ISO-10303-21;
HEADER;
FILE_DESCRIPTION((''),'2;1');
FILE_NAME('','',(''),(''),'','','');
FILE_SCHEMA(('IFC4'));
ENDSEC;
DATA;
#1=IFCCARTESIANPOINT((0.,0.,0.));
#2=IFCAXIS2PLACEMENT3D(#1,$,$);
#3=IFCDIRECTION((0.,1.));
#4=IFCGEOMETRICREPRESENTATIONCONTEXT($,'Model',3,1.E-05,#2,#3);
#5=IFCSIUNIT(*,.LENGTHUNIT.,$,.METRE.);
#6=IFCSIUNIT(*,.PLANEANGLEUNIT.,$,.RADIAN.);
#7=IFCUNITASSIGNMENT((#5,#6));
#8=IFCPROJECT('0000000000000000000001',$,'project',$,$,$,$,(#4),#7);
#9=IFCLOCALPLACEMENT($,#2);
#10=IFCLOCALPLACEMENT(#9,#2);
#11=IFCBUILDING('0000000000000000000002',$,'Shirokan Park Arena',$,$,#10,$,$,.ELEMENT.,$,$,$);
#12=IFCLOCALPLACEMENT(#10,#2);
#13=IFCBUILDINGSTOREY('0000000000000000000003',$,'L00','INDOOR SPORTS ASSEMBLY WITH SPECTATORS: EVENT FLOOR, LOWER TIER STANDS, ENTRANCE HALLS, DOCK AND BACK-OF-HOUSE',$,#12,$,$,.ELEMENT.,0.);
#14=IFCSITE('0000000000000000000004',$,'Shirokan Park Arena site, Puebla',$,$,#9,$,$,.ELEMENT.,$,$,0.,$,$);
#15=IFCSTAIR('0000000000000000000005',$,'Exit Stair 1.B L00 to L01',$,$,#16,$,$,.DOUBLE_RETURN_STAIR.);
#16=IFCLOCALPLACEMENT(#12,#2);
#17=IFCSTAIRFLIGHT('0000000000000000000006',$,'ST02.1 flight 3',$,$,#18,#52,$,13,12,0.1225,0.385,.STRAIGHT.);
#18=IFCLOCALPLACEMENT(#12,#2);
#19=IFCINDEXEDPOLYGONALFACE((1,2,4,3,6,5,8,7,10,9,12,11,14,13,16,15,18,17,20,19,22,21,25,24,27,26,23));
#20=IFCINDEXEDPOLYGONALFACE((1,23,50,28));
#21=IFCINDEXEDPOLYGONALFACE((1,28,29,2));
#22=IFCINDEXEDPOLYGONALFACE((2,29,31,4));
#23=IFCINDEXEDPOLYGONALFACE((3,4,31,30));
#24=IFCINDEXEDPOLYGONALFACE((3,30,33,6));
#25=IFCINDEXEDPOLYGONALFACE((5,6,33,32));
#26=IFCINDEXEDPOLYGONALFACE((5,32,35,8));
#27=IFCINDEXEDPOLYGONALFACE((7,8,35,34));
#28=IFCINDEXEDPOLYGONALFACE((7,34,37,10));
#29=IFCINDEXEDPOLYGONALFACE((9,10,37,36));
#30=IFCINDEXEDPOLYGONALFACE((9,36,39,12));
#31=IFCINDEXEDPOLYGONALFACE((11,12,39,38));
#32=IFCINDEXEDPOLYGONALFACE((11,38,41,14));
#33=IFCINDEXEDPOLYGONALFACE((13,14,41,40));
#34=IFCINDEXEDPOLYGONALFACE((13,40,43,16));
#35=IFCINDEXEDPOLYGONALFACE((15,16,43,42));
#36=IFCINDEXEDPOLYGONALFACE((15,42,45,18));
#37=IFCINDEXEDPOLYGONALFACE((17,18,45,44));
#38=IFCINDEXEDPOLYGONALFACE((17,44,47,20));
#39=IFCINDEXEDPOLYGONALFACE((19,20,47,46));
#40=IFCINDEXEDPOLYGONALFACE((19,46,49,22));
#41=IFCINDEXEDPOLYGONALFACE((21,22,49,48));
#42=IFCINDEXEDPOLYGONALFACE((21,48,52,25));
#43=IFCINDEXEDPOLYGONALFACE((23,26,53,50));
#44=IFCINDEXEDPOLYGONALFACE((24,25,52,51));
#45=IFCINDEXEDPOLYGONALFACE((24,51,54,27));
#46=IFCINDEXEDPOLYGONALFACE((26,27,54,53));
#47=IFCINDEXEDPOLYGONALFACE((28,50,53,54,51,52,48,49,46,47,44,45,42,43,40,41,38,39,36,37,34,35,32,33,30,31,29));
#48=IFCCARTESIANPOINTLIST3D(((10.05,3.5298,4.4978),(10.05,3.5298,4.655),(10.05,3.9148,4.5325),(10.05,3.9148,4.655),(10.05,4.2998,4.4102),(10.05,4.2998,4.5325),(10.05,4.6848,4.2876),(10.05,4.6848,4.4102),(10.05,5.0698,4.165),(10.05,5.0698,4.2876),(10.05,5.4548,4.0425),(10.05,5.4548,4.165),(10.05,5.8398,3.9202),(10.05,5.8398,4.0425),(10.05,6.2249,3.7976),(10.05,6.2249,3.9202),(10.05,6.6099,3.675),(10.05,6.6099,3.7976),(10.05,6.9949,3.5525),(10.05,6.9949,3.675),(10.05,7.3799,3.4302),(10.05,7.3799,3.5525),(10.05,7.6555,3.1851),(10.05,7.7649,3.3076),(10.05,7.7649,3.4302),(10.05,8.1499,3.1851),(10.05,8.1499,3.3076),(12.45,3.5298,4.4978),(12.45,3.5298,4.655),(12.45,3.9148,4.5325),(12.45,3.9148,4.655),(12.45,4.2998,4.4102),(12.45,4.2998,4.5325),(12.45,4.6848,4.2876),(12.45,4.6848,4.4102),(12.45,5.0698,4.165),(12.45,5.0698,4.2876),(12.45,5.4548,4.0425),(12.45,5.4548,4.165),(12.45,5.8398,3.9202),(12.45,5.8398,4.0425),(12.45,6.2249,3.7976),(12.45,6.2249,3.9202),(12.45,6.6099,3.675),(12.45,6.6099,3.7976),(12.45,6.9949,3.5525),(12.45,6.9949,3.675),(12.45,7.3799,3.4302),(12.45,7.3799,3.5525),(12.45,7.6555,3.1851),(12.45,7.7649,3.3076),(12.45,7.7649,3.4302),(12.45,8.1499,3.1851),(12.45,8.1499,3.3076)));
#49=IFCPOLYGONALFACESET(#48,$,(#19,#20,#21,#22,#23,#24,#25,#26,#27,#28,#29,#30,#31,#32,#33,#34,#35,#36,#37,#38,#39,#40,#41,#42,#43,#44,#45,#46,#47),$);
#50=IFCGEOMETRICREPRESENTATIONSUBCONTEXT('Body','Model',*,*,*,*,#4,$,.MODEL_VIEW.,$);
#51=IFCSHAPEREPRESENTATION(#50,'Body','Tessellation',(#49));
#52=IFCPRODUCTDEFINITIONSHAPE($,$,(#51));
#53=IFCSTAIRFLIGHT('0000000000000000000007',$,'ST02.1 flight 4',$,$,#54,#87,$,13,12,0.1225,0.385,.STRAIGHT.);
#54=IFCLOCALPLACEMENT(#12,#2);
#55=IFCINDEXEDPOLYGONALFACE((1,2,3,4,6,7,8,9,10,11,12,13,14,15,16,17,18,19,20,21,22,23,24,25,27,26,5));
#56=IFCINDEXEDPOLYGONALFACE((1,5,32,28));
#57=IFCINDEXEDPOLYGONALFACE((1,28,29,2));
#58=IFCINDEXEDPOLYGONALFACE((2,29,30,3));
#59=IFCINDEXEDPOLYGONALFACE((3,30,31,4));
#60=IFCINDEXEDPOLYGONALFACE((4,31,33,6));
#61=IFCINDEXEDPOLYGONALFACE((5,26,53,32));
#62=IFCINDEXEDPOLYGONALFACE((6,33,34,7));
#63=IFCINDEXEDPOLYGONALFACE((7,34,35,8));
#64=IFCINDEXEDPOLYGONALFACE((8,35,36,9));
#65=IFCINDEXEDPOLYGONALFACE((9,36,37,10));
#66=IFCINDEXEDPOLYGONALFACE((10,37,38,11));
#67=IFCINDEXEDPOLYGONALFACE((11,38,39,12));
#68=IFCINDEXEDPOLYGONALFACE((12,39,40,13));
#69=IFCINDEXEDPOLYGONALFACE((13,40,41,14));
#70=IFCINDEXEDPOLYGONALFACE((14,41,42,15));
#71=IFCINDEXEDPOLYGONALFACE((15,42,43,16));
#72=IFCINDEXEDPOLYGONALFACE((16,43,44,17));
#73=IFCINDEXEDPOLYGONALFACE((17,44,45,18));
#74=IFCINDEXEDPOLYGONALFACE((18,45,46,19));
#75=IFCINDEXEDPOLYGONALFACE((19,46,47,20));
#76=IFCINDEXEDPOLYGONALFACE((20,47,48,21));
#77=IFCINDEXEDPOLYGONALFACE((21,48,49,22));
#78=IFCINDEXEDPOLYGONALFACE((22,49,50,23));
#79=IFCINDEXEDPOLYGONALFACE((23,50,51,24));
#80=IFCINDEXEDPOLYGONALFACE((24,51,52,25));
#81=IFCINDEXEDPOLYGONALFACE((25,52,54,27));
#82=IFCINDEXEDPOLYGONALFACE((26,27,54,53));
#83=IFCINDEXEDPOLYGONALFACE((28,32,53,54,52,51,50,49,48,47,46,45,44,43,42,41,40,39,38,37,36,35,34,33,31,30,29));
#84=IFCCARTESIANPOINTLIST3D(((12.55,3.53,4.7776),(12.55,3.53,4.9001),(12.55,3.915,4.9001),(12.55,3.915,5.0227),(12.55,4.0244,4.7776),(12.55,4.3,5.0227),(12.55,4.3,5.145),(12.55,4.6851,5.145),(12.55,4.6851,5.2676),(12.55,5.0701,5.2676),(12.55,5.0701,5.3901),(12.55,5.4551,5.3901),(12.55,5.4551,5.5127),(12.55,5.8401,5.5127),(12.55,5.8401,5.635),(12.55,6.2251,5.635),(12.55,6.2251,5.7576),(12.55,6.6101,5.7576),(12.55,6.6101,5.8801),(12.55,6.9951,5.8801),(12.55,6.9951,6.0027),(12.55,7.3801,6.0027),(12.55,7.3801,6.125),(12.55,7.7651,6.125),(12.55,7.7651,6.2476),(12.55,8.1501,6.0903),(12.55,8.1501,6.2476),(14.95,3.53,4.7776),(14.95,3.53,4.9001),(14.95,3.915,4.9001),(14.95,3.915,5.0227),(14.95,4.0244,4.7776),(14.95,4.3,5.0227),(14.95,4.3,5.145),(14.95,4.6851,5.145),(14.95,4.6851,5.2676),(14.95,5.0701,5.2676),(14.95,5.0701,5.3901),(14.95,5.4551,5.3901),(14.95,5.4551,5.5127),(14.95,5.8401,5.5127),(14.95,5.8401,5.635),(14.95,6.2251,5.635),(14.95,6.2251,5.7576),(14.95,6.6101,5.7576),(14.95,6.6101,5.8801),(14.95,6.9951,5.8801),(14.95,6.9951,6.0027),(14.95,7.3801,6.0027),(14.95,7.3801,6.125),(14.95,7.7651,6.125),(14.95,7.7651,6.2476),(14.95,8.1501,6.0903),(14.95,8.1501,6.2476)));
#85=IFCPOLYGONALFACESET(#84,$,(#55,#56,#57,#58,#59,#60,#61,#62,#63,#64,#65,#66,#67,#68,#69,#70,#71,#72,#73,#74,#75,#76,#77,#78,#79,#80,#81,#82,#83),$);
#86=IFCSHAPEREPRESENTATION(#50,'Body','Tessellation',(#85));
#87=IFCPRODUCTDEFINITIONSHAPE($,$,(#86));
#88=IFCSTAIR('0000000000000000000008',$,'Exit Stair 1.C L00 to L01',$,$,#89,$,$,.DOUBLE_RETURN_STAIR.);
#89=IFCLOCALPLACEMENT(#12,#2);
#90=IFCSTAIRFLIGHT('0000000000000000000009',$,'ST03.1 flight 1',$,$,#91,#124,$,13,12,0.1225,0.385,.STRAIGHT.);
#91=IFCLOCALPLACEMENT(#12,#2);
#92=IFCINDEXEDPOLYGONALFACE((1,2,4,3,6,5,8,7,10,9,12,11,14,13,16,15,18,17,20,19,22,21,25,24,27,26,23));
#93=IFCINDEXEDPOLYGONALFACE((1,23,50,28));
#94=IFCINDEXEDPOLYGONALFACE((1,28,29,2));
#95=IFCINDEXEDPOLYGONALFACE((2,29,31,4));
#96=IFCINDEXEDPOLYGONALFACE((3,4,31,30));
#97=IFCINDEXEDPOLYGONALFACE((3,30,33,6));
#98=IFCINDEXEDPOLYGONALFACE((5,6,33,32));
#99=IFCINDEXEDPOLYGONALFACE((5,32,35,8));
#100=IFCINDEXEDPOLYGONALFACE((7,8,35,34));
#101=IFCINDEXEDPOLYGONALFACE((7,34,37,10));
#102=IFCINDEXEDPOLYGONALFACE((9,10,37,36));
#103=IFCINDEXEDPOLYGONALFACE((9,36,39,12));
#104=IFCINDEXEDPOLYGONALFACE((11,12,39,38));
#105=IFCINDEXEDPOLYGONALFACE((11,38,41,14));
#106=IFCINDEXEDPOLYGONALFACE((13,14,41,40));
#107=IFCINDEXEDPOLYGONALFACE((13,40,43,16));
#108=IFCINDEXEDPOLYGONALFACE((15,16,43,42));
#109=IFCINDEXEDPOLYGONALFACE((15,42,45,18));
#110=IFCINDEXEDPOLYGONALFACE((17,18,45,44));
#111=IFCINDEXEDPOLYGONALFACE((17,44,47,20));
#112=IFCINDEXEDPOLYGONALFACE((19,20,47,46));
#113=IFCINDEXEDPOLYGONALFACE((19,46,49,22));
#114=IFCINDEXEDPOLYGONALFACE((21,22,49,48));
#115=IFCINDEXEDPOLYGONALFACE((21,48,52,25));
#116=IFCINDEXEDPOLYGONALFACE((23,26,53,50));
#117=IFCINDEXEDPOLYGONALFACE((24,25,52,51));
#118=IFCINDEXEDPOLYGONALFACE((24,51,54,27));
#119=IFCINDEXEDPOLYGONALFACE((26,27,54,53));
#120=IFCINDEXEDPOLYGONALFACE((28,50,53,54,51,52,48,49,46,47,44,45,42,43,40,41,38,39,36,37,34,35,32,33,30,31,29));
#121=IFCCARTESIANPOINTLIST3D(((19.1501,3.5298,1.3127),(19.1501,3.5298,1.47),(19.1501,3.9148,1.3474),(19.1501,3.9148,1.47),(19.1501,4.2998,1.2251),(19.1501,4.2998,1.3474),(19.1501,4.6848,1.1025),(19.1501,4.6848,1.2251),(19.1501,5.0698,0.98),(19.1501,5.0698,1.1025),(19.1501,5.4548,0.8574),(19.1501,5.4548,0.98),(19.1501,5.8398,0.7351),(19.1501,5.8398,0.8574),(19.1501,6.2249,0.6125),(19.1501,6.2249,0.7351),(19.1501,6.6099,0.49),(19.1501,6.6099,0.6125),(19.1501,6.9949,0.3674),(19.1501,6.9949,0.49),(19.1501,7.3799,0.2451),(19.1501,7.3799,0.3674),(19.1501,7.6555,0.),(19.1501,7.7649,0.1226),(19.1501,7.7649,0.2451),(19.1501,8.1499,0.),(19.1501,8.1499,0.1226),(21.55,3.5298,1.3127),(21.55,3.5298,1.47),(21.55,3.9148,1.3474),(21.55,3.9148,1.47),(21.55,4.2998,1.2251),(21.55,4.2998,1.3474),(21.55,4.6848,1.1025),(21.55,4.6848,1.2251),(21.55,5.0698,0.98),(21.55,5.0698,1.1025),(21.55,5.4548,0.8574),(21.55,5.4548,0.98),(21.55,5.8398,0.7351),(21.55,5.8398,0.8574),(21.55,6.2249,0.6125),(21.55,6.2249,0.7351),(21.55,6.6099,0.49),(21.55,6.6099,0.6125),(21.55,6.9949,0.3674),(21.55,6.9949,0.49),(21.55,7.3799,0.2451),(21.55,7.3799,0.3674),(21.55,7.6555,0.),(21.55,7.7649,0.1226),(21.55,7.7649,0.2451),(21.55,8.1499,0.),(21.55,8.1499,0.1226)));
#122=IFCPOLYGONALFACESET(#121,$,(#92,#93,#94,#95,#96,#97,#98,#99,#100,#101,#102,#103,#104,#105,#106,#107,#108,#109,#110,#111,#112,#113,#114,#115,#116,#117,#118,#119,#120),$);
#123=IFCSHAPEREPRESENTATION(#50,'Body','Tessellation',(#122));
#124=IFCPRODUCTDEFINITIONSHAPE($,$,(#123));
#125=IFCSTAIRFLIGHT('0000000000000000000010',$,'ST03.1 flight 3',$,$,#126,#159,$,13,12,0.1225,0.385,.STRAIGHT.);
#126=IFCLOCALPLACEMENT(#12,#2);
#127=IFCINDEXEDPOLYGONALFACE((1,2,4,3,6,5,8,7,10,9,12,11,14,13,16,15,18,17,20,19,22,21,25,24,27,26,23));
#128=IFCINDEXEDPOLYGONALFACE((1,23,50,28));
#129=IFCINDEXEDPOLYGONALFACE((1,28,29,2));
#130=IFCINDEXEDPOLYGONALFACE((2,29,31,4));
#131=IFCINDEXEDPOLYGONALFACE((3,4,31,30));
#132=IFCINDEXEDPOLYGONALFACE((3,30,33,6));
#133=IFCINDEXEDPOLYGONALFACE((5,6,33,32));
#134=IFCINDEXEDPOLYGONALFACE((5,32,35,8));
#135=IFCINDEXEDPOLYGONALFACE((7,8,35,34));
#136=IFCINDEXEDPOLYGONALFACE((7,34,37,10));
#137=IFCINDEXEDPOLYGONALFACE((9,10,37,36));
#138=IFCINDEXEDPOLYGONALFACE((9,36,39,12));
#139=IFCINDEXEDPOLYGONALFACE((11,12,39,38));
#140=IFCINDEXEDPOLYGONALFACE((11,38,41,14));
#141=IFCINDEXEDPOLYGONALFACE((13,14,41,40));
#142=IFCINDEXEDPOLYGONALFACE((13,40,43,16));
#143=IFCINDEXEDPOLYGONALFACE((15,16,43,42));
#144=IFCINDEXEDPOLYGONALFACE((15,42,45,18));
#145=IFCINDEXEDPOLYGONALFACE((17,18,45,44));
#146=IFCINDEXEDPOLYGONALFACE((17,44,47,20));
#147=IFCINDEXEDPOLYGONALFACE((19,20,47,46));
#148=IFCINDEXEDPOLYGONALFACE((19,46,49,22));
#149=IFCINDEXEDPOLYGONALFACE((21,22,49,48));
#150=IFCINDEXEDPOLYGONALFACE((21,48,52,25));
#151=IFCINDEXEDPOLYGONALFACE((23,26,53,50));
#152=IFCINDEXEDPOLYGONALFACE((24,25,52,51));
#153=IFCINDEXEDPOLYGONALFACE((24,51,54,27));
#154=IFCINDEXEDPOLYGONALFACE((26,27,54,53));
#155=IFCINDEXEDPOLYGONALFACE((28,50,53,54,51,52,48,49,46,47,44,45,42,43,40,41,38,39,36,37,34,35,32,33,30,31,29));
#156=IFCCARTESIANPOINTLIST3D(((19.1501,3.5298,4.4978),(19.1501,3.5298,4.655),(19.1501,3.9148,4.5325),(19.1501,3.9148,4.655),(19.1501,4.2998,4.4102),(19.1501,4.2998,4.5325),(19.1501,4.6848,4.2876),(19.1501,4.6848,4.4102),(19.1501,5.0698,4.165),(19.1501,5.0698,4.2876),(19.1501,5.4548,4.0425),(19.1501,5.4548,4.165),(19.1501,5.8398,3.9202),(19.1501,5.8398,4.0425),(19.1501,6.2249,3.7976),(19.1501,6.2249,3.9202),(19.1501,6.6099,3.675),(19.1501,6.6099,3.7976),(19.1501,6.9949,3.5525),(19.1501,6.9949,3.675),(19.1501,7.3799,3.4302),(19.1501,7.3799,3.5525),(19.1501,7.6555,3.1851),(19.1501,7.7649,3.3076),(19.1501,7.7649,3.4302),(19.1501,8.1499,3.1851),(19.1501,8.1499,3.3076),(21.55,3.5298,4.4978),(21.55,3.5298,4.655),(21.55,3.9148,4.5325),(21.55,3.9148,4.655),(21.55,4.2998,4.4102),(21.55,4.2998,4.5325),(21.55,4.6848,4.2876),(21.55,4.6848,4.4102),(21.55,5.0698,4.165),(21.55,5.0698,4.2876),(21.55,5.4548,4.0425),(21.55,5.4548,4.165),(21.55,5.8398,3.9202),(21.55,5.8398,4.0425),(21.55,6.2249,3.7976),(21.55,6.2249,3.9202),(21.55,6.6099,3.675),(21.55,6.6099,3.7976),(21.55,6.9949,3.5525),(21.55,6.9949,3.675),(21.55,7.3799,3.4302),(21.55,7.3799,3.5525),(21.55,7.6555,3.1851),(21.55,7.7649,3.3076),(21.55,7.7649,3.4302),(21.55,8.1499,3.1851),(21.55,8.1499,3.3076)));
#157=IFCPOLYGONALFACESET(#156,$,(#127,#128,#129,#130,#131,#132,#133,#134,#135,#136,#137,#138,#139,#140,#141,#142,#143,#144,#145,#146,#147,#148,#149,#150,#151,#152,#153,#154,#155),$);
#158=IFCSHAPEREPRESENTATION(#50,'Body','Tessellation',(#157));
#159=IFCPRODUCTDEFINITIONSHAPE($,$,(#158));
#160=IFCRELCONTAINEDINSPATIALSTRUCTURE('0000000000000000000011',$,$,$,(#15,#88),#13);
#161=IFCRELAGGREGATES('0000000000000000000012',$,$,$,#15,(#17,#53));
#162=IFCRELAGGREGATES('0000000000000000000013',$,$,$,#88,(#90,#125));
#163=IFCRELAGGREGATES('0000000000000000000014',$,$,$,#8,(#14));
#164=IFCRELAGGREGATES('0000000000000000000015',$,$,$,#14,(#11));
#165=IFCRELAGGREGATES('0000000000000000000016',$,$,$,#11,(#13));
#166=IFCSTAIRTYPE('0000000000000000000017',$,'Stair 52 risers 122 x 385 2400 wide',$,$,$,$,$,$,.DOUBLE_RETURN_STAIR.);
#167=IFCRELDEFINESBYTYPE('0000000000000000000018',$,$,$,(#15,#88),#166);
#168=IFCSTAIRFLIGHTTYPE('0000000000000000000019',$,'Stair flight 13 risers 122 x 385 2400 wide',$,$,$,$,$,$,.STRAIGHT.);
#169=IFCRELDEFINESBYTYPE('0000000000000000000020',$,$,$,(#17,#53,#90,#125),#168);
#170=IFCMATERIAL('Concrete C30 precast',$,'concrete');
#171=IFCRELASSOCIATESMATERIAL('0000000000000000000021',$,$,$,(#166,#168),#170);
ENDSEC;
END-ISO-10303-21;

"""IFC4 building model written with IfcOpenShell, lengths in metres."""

from ifc_helpers import new_model, si_unit, direction, frame, origin, place, context, subcontext, project, spatial, polyline, outline, extrude, material, type_object, element, aggregate, save


model = new_model("IFC4")

# Units and contexts
model_context = context("Model", 3, precision=1e-05, world=origin(), true_north=direction((0.0, 1.0)))
body_context = subcontext(model_context, "Body", "Model", "MODEL_VIEW")
ifc_project = project(units=[si_unit("LENGTHUNIT", "METRE"), si_unit("PLANEANGLEUNIT", "RADIAN")], contexts=[model_context])

# Site, building, storey
site_placement = place(None, origin())
site = spatial("IfcSite", under=ifc_project, at=site_placement, Name="Shirokan Park Arena site, Puebla", CompositionType="ELEMENT", RefElevation=0.0)
building_placement = place(site_placement, origin())
building = spatial("IfcBuilding", under=site, at=building_placement, Name="Shirokan Park Arena", CompositionType="ELEMENT")
storey_placement = place(building_placement, origin())
storey = spatial("IfcBuildingStorey", under=building, at=storey_placement, Name="L00", Description="INDOOR SPORTS ASSEMBLY WITH SPECTATORS: EVENT FLOOR, LOWER TIER STANDS, ENTRANCE HALLS, DOCK AND BACK-OF-HOUSE", CompositionType="ELEMENT", Elevation=0.0)

# Stairs, stair flights
ifc_material_1 = material(Name="Concrete C30 precast", Category="concrete")
stair_type = type_object("IfcStairType", Name="Stair 52 risers 122 x 385 2400 wide", PredefinedType="DOUBLE_RETURN_STAIR", material=ifc_material_1)
stair_1_placement = place(storey_placement, origin())
stair_1 = element("IfcStair", 1, at=stair_1_placement, inside=storey, type_object=stair_type, Name="Exit Stair 1.B L00 to L01", PredefinedType="DOUBLE_RETURN_STAIR")
stair_flight_type = type_object("IfcStairFlightType", Name="Stair flight 13 risers 122 x 385 2400 wide", PredefinedType="STRAIGHT", material=ifc_material_1)
stair_flight_1_placement = place(storey_placement, frame((11.25, 8.1499, 3.1851), z_axis=(0.0, 0.0, 1.0), x_axis=(0.0, -1.0, 0.0)))
stair_flight_1 = element("IfcStairFlight", 2, at=stair_flight_1_placement, type_object=stair_flight_type, Name="ST02.1 flight 3", NumberOfRisers=13, NumberOfTreads=12, PredefinedType="STRAIGHT", RiserHeight=0.1225, TreadLength=0.385, context=body_context, shape_type="SweptSolid", body=[
    extrude(outline(polyline([(0.0, 0.0), (0.0, 0.1226), (0.385, 0.1226), (0.385, 0.2451), (0.77, 0.2451), (0.77, 0.3674), (1.155, 0.3674), (1.155, 0.49), (1.54, 0.49), (1.54, 0.6125), (1.925, 0.6125), (1.925, 0.7351), (2.3101, 0.7351), (2.3101, 0.8574), (2.6951, 0.8574), (2.6951, 0.98), (3.0801, 0.98), (3.0801, 1.1025), (3.4651, 1.1025), (3.4651, 1.2251), (3.8501, 1.2251), (3.8501, 1.3474), (4.2351, 1.3474), (4.2351, 1.47), (4.6201, 1.47), (4.6201, 1.5925), (4.6201, 1.3127), (0.4944, 0.0), (0.0, 0.0)])), frame((0.0, 1.2, 0.0), z_axis=(0.0, -1.0, 0.0), x_axis=(1.0, 0.0, 0.0)), (0.0, 0.0, 1.0), 2.3999),
])
stair_flight_2_placement = place(storey_placement, frame((13.75, 3.53, 4.7776), z_axis=(0.0, 0.0, 1.0), x_axis=(0.0, 1.0, 0.0)))
stair_flight_2 = element("IfcStairFlight", 3, at=stair_flight_2_placement, type_object=stair_flight_type, Name="ST02.1 flight 4", NumberOfRisers=13, NumberOfTreads=12, PredefinedType="STRAIGHT", RiserHeight=0.1225, TreadLength=0.385, context=body_context, shape_type="SweptSolid", body=[
    extrude(outline(polyline([(0.0, 0.0), (0.0, 0.1226), (0.385, 0.1226), (0.385, 0.2451), (0.77, 0.2451), (0.77, 0.3674), (1.155, 0.3674), (1.155, 0.49), (1.54, 0.49), (1.54, 0.6125), (1.925, 0.6125), (1.925, 0.7351), (2.3101, 0.7351), (2.3101, 0.8574), (2.6951, 0.8574), (2.6951, 0.98), (3.0801, 0.98), (3.0801, 1.1025), (3.4651, 1.1025), (3.4651, 1.2251), (3.8501, 1.2251), (3.8501, 1.3474), (4.2351, 1.3474), (4.2351, 1.47), (4.6201, 1.47), (4.6201, 1.5925), (4.6201, 1.3127), (0.4944, 0.0), (0.0, 0.0)])), frame((0.0, 1.2, 0.0), z_axis=(0.0, -1.0, 0.0), x_axis=(1.0, 0.0, 0.0)), (0.0, 0.0, 1.0), 2.3999),
])
aggregate(stair_1, [stair_flight_1, stair_flight_2])
stair_2_placement = place(storey_placement, origin())
stair_2 = element("IfcStair", 4, at=stair_2_placement, inside=storey, type_object=stair_type, Name="Exit Stair 1.C L00 to L01", PredefinedType="DOUBLE_RETURN_STAIR")
stair_flight_3_placement = place(storey_placement, frame((20.3501, 8.1499, 0.0), z_axis=(0.0, 0.0, 1.0), x_axis=(0.0, -1.0, 0.0)))
stair_flight_3 = element("IfcStairFlight", 5, at=stair_flight_3_placement, type_object=stair_flight_type, Name="ST03.1 flight 1", NumberOfRisers=13, NumberOfTreads=12, PredefinedType="STRAIGHT", RiserHeight=0.1225, TreadLength=0.385, context=body_context, shape_type="SweptSolid", body=[
    extrude(outline(polyline([(0.0, 0.0), (0.0, 0.1226), (0.385, 0.1226), (0.385, 0.2451), (0.77, 0.2451), (0.77, 0.3674), (1.155, 0.3674), (1.155, 0.49), (1.54, 0.49), (1.54, 0.6125), (1.925, 0.6125), (1.925, 0.7351), (2.3101, 0.7351), (2.3101, 0.8574), (2.6951, 0.8574), (2.6951, 0.98), (3.0801, 0.98), (3.0801, 1.1025), (3.4651, 1.1025), (3.4651, 1.2251), (3.8501, 1.2251), (3.8501, 1.3474), (4.2351, 1.3474), (4.2351, 1.47), (4.6201, 1.47), (4.6201, 1.5925), (4.6201, 1.3127), (0.4944, 0.0), (0.0, 0.0)])), frame((0.0, 1.2, 0.0), z_axis=(0.0, -1.0, 0.0), x_axis=(1.0, 0.0, 0.0)), (0.0, 0.0, 1.0), 2.3999),
])
stair_flight_4_placement = place(storey_placement, frame((20.3501, 8.1499, 3.1851), z_axis=(0.0, 0.0, 1.0), x_axis=(0.0, -1.0, 0.0)))
stair_flight_4 = element("IfcStairFlight", 6, at=stair_flight_4_placement, type_object=stair_flight_type, Name="ST03.1 flight 3", NumberOfRisers=13, NumberOfTreads=12, PredefinedType="STRAIGHT", RiserHeight=0.1225, TreadLength=0.385, context=body_context, shape_type="SweptSolid", body=[
    extrude(outline(polyline([(0.0, 0.0), (0.0, 0.1226), (0.385, 0.1226), (0.385, 0.2451), (0.77, 0.2451), (0.77, 0.3674), (1.155, 0.3674), (1.155, 0.49), (1.54, 0.49), (1.54, 0.6125), (1.925, 0.6125), (1.925, 0.7351), (2.3101, 0.7351), (2.3101, 0.8574), (2.6951, 0.8574), (2.6951, 0.98), (3.0801, 0.98), (3.0801, 1.1025), (3.4651, 1.1025), (3.4651, 1.2251), (3.8501, 1.2251), (3.8501, 1.3474), (4.2351, 1.3474), (4.2351, 1.47), (4.6201, 1.47), (4.6201, 1.5925), (4.6201, 1.3127), (0.4944, 0.0), (0.0, 0.0)])), frame((0.0, 1.2, 0.0), z_axis=(0.0, -1.0, 0.0), x_axis=(1.0, 0.0, 0.0)), (0.0, 0.0, 1.0), 2.3999),
])
aggregate(stair_2, [stair_flight_3, stair_flight_4])

save(model, "model.ifc")
